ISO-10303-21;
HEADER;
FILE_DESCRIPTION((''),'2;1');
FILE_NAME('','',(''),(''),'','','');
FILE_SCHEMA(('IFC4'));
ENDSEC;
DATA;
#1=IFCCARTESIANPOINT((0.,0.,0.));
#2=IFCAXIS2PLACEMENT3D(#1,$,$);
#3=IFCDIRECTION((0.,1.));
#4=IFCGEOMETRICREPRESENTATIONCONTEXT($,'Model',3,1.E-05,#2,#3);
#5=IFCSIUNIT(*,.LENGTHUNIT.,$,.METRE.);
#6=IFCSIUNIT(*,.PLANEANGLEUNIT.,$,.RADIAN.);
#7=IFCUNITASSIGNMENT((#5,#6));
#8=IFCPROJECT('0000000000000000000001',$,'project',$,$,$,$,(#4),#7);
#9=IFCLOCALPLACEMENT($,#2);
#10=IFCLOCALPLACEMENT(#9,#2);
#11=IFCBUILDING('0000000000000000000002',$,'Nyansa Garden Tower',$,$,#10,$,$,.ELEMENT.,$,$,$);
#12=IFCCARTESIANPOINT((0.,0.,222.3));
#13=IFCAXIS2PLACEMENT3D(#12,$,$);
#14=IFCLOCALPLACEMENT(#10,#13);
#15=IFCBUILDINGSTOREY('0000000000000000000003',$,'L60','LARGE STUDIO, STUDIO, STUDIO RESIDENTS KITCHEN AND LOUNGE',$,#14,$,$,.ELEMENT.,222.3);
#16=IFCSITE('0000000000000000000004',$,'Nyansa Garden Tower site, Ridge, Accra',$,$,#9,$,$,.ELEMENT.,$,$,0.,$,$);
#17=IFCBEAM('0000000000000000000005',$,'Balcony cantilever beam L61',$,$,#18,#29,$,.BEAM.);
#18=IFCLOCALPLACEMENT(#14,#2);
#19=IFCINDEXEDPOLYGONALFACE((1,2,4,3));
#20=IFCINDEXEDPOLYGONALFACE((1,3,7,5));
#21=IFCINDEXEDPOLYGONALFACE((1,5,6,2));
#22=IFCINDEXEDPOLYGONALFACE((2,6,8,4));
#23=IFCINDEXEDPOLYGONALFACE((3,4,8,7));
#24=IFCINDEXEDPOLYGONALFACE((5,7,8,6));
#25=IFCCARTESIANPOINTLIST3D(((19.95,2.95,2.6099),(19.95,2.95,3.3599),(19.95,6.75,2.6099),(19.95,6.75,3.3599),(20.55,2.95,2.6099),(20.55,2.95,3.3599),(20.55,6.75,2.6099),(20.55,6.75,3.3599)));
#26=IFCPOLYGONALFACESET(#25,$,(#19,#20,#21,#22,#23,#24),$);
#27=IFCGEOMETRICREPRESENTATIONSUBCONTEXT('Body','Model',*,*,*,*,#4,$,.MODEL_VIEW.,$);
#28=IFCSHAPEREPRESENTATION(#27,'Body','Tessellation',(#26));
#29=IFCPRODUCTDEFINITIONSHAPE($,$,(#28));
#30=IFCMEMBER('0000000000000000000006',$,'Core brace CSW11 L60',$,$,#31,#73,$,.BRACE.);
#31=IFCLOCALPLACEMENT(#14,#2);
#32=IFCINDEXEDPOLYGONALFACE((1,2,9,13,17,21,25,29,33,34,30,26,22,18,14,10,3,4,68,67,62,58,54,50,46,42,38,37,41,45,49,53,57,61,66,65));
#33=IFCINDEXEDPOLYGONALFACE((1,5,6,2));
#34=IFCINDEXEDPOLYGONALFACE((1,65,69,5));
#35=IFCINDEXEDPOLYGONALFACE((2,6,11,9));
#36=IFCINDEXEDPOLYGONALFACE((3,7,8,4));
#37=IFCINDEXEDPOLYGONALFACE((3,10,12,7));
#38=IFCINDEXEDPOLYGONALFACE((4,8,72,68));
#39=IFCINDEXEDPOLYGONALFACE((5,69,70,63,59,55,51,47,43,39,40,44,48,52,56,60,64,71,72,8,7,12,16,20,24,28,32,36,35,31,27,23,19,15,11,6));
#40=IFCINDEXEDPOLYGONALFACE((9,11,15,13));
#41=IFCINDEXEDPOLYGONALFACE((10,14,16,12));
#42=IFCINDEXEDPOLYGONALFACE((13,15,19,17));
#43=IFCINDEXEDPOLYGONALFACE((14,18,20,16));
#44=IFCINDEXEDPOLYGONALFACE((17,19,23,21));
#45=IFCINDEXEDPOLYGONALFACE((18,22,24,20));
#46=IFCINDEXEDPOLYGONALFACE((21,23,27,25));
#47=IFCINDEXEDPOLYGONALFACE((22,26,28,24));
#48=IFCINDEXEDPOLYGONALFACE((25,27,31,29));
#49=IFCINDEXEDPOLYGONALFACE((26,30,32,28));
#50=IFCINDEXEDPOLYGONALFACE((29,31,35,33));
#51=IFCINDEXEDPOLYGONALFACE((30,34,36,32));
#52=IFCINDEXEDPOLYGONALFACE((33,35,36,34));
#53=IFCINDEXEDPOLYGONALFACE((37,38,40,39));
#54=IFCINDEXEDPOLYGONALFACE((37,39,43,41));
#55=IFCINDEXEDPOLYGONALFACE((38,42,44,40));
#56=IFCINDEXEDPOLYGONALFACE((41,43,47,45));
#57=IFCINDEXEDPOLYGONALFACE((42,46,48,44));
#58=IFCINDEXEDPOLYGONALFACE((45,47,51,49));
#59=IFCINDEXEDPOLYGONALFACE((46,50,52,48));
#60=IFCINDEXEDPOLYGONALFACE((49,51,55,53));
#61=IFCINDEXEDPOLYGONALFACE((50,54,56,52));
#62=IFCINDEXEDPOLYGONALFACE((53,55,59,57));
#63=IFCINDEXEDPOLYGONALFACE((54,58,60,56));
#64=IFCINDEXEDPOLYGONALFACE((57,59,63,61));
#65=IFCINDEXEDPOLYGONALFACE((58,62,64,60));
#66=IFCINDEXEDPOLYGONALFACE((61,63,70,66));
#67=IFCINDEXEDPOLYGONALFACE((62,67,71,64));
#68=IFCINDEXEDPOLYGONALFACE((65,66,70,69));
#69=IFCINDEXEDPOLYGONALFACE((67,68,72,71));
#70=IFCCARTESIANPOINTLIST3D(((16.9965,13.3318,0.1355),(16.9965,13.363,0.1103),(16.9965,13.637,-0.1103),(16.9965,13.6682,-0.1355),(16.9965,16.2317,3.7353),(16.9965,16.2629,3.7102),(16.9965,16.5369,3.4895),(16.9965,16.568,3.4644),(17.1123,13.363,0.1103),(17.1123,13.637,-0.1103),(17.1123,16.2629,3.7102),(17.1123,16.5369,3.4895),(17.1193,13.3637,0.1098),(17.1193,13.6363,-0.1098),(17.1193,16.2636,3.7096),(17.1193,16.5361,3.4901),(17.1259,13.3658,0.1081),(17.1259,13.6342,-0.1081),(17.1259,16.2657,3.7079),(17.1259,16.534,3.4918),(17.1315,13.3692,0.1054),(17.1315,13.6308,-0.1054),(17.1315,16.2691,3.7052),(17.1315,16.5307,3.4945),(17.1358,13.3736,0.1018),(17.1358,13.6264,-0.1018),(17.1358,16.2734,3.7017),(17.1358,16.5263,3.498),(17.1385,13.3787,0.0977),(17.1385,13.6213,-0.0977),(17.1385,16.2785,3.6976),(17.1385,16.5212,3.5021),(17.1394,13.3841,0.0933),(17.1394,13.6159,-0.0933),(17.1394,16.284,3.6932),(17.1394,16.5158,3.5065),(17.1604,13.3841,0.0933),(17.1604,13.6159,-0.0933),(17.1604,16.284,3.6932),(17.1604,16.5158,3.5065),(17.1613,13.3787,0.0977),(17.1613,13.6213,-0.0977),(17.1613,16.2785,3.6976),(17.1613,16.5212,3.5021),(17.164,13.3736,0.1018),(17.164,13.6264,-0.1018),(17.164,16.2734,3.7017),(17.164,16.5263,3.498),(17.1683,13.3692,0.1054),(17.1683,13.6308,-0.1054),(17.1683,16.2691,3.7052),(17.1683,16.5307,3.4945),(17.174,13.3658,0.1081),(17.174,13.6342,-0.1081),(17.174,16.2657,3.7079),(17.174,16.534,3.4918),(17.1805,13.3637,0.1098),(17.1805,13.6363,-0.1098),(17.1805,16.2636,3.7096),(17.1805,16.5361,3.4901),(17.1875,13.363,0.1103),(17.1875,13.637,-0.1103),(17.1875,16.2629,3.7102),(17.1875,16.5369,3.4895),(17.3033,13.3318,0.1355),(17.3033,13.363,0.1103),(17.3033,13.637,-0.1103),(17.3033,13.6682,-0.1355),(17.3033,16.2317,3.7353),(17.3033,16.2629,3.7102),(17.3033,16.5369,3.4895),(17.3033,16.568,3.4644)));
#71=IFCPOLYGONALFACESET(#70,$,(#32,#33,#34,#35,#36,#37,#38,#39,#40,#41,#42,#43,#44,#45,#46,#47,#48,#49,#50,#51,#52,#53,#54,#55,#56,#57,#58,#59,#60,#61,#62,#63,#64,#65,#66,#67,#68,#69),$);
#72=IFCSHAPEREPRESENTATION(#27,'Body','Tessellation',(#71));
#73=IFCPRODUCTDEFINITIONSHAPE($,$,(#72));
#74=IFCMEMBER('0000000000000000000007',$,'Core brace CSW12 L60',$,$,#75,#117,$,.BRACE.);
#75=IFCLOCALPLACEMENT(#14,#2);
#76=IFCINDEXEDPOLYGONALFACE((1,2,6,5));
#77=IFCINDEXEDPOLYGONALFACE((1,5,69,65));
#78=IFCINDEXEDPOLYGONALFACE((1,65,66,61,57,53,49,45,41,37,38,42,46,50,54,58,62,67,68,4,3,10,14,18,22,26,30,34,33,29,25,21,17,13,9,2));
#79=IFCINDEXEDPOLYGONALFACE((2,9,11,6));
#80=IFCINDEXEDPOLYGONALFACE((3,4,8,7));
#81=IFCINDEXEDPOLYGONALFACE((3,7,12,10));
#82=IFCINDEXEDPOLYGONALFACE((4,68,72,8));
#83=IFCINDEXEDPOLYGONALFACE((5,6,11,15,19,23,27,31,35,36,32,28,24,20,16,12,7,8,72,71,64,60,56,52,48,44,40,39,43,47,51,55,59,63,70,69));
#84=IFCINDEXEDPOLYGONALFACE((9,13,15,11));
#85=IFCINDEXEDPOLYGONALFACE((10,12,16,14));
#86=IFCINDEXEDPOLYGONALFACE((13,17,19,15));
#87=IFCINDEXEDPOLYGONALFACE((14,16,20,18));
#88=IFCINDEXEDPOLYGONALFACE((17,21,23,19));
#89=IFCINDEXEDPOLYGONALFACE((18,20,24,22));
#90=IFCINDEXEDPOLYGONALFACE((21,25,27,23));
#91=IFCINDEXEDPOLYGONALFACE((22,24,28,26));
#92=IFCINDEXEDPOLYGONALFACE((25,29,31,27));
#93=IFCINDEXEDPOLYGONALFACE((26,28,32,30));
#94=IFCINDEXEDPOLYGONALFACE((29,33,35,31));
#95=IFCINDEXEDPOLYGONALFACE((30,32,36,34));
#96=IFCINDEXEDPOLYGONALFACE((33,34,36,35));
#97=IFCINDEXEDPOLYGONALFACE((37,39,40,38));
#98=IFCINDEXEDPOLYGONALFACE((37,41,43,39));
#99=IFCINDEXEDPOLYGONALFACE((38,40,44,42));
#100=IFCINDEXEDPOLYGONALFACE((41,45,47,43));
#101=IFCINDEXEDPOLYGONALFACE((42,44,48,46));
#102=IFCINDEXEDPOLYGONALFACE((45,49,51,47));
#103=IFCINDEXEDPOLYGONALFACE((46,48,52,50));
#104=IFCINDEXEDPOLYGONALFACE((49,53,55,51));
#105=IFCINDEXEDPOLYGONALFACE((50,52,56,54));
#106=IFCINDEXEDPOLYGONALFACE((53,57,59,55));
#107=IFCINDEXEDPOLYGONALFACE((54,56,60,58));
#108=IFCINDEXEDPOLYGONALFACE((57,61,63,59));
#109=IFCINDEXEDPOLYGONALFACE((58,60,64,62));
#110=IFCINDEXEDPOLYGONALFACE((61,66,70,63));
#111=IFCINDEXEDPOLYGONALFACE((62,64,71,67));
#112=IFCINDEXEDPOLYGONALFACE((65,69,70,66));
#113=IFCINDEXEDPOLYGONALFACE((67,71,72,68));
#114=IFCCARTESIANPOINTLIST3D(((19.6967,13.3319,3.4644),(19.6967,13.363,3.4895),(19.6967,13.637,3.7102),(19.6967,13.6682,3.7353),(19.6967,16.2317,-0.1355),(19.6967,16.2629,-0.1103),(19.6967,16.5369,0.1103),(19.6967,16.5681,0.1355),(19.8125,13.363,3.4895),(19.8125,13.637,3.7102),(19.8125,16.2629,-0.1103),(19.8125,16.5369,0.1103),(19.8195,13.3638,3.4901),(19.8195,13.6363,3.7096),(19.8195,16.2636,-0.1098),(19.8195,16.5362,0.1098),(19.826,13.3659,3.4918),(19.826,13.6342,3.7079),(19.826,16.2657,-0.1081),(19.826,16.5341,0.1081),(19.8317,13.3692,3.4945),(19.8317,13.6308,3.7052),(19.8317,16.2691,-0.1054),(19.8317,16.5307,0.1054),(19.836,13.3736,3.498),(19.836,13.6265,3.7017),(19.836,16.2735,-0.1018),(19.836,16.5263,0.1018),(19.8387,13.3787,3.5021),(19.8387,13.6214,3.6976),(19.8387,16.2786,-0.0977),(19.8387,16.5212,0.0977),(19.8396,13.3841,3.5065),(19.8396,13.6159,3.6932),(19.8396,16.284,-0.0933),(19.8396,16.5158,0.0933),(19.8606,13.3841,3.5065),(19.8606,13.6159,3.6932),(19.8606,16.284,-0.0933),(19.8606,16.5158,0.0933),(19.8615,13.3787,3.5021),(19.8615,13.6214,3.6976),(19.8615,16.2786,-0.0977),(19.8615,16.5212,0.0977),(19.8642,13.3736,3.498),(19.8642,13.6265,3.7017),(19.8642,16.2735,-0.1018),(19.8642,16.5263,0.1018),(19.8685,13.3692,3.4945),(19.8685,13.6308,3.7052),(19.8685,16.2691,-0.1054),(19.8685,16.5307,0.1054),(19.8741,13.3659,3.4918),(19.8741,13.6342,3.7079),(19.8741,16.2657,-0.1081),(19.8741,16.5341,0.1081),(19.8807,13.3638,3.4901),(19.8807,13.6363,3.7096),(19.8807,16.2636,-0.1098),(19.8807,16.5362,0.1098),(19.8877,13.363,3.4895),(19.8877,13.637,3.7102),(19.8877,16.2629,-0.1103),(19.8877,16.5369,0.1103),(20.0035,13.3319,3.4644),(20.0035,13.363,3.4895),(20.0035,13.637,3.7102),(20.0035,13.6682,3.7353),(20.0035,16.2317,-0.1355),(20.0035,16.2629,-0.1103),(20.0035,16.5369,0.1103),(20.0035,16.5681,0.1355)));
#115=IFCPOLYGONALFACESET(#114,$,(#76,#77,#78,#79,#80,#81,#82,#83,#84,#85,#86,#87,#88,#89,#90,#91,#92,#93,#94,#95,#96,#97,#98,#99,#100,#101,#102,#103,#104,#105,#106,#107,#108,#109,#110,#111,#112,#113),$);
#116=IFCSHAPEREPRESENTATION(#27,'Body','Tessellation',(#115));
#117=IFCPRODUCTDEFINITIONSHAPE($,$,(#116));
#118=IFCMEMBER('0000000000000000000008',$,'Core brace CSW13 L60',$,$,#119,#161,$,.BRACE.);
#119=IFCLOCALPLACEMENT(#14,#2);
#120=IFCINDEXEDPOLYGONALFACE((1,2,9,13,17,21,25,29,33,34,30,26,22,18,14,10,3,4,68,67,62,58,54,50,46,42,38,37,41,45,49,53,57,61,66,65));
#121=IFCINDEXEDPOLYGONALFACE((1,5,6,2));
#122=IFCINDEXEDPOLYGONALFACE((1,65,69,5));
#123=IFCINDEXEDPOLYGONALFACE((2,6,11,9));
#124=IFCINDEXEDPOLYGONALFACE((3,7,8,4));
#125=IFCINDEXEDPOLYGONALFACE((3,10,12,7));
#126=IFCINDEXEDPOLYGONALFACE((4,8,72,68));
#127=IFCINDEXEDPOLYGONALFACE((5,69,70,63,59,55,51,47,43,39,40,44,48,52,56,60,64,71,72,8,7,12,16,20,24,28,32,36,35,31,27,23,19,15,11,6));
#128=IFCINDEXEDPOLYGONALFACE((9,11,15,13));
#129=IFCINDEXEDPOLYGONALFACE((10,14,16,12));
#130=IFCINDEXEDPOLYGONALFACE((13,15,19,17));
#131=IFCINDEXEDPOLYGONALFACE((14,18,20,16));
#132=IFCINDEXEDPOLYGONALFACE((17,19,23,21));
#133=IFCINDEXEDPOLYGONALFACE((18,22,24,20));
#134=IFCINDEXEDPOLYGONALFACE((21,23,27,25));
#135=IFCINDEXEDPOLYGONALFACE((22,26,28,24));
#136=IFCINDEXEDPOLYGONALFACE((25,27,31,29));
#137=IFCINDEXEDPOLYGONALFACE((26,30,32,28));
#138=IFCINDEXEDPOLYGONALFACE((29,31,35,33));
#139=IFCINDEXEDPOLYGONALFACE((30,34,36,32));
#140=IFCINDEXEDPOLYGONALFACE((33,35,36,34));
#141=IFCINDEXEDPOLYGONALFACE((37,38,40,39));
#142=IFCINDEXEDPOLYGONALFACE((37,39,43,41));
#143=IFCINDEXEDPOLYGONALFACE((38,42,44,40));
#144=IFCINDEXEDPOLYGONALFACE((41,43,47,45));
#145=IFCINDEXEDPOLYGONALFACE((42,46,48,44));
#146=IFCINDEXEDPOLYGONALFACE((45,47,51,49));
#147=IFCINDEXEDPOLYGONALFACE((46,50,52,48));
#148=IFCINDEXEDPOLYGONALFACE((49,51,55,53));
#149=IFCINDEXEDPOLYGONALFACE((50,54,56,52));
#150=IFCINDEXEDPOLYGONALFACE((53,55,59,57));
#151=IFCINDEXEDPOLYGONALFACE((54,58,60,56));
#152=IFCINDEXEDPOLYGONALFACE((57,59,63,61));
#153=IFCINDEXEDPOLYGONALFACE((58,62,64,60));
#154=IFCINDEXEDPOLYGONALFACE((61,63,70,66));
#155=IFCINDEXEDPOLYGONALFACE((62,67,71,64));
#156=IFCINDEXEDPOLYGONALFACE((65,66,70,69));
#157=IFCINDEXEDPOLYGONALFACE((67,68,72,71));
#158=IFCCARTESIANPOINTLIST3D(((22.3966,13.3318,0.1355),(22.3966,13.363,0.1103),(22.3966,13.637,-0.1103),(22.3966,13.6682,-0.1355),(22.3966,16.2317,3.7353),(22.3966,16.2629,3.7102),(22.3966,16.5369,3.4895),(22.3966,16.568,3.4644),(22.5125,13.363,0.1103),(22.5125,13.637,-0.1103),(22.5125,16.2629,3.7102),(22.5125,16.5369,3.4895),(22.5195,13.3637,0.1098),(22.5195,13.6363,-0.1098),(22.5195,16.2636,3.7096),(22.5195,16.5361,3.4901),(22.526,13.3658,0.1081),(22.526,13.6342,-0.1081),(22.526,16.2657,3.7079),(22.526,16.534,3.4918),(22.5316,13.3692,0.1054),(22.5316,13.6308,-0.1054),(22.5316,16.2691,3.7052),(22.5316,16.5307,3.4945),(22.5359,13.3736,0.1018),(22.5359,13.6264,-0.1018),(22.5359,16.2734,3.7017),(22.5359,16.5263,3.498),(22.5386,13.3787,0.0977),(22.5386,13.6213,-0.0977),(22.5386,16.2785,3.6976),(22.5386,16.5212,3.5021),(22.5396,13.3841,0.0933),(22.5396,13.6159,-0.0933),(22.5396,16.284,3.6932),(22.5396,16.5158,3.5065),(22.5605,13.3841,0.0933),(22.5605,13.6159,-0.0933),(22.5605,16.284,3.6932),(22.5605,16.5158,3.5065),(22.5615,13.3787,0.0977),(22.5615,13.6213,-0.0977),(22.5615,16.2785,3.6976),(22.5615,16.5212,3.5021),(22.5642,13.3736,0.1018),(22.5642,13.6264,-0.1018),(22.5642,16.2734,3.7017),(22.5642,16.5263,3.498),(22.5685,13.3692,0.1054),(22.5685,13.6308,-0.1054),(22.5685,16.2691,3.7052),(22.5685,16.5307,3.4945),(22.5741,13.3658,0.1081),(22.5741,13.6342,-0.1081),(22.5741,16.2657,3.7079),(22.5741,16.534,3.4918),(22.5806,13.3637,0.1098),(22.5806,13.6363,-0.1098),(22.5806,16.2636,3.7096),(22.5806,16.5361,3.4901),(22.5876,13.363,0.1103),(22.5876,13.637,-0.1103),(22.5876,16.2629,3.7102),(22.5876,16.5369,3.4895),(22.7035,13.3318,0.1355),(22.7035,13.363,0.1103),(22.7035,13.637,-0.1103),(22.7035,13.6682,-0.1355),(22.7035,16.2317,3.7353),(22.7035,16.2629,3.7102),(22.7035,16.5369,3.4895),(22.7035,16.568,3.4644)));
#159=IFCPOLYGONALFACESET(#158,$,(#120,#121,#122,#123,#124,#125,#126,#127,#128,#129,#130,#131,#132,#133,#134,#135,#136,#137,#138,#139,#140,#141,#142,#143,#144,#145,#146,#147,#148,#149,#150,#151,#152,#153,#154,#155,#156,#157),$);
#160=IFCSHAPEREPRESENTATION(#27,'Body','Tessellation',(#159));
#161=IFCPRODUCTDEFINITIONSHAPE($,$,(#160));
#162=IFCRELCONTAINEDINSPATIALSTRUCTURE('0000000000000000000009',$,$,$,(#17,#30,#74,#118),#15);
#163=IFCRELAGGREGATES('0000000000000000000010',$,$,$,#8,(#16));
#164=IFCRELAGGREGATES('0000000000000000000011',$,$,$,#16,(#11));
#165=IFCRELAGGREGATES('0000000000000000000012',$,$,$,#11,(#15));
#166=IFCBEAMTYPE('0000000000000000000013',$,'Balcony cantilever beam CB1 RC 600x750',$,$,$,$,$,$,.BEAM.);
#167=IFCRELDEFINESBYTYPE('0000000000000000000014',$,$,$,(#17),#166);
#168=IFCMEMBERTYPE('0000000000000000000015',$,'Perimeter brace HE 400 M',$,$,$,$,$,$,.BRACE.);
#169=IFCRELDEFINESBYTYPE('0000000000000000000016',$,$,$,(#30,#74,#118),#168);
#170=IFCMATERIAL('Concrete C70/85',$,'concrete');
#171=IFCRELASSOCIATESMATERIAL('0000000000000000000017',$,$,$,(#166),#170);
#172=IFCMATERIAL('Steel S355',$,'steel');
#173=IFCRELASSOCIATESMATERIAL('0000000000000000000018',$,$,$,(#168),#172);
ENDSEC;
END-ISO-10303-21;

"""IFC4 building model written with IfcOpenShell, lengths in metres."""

from ifc_helpers import new_model, si_unit, direction, frame, origin, origin_2d, place, context, subcontext, project, spatial, rectangle, i_section, extrude, material, material_profile, profile_set, type_object, element, save


model = new_model("IFC4")

# Units and contexts
model_context = context("Model", 3, precision=1e-05, world=origin(), true_north=direction((0.0, 1.0)))
body_context = subcontext(model_context, "Body", "Model", "MODEL_VIEW")
ifc_project = project(units=[si_unit("LENGTHUNIT", "METRE"), si_unit("PLANEANGLEUNIT", "RADIAN")], contexts=[model_context])

# Site, building, storey
site_placement = place(None, origin())
site = spatial("IfcSite", under=ifc_project, at=site_placement, Name="Nyansa Garden Tower site, Ridge, Accra", CompositionType="ELEMENT", RefElevation=0.0)
building_placement = place(site_placement, origin())
building = spatial("IfcBuilding", under=site, at=building_placement, Name="Nyansa Garden Tower", CompositionType="ELEMENT")
storey_placement = place(building_placement, frame((0.0, 0.0, 222.3)))
storey = spatial("IfcBuildingStorey", under=building, at=storey_placement, Name="L60", Description="LARGE STUDIO, STUDIO, STUDIO RESIDENTS KITCHEN AND LOUNGE", CompositionType="ELEMENT", Elevation=222.3)

# Beam
ifc_material_1 = material(Name="Concrete C70/85", Category="concrete")
ifc_material_profile_1 = material_profile(ifc_material_1, rectangle(XDim=0.6001, YDim=0.75, at=origin_2d()), Name="RC 600x750")
ifc_profile_set_1 = profile_set([ifc_material_profile_1], Name="Concrete C70/85")
beam_type_1 = type_object("IfcBeamType", Name="Balcony cantilever beam CB1 RC 600x750", PredefinedType="BEAM", material=ifc_profile_set_1)
beam_1_placement = place(storey_placement, frame((20.25, 6.75, 2.9849), z_axis=(0.0, -1.0, 0.0), x_axis=(1.0, 0.0, 0.0)))
element("IfcBeam", 1, at=beam_1_placement, inside=storey, type_object=beam_type_1, Name="Balcony cantilever beam L61", PredefinedType="BEAM", context=body_context, shape_type="SweptSolid", body=[
    extrude(rectangle(XDim=0.6001, YDim=0.75, at=origin_2d()), origin(), (0.0, 0.0, 1.0), 3.8),
])

# Members
ifc_material_2 = material(Name="Steel S355", Category="steel")
ifc_material_profile_2 = material_profile(ifc_material_2, i_section(OverallWidth=0.3069, OverallDepth=0.4319, WebThickness=0.021, FlangeThickness=0.04, FilletRadius=0.0271, at=origin_2d()), Name="HE 400 M")
ifc_profile_set_2 = profile_set([ifc_material_profile_2], Name="Steel S355")
member_type = type_object("IfcMemberType", Name="Perimeter brace HE 400 M", PredefinedType="BRACE", material=ifc_profile_set_2)
for number, where, z_axis, x_axis, name in (
    (2, (17.1499, 13.5, 0.0), (0.0, 0.627332, 0.778752), (-1.0, 0.0, 0.0), "Core brace CSW11 L60"),
    (3, (19.8501, 16.3999, 0.0), (0.0, -0.627332, 0.778752), (1.0, 0.0, 0.0), "Core brace CSW12 L60"),
    (4, (22.55, 13.5, 0.0), (0.0, 0.627332, 0.778752), (-1.0, 0.0, 0.0), "Core brace CSW13 L60"),
):
    element("IfcMember", number, at=place(storey_placement, frame(where, z_axis=z_axis, x_axis=x_axis)), inside=storey, type_object=member_type, Name=name, PredefinedType="BRACE", context=body_context, shape_type="SweptSolid", body=[
        extrude(i_section(OverallWidth=0.3069, OverallDepth=0.4319, WebThickness=0.021, FlangeThickness=0.04, FilletRadius=0.0271, at=origin_2d()), origin(), (0.0, 0.0, 1.0), 4.6226),
    ])

save(model, "model.ifc")
